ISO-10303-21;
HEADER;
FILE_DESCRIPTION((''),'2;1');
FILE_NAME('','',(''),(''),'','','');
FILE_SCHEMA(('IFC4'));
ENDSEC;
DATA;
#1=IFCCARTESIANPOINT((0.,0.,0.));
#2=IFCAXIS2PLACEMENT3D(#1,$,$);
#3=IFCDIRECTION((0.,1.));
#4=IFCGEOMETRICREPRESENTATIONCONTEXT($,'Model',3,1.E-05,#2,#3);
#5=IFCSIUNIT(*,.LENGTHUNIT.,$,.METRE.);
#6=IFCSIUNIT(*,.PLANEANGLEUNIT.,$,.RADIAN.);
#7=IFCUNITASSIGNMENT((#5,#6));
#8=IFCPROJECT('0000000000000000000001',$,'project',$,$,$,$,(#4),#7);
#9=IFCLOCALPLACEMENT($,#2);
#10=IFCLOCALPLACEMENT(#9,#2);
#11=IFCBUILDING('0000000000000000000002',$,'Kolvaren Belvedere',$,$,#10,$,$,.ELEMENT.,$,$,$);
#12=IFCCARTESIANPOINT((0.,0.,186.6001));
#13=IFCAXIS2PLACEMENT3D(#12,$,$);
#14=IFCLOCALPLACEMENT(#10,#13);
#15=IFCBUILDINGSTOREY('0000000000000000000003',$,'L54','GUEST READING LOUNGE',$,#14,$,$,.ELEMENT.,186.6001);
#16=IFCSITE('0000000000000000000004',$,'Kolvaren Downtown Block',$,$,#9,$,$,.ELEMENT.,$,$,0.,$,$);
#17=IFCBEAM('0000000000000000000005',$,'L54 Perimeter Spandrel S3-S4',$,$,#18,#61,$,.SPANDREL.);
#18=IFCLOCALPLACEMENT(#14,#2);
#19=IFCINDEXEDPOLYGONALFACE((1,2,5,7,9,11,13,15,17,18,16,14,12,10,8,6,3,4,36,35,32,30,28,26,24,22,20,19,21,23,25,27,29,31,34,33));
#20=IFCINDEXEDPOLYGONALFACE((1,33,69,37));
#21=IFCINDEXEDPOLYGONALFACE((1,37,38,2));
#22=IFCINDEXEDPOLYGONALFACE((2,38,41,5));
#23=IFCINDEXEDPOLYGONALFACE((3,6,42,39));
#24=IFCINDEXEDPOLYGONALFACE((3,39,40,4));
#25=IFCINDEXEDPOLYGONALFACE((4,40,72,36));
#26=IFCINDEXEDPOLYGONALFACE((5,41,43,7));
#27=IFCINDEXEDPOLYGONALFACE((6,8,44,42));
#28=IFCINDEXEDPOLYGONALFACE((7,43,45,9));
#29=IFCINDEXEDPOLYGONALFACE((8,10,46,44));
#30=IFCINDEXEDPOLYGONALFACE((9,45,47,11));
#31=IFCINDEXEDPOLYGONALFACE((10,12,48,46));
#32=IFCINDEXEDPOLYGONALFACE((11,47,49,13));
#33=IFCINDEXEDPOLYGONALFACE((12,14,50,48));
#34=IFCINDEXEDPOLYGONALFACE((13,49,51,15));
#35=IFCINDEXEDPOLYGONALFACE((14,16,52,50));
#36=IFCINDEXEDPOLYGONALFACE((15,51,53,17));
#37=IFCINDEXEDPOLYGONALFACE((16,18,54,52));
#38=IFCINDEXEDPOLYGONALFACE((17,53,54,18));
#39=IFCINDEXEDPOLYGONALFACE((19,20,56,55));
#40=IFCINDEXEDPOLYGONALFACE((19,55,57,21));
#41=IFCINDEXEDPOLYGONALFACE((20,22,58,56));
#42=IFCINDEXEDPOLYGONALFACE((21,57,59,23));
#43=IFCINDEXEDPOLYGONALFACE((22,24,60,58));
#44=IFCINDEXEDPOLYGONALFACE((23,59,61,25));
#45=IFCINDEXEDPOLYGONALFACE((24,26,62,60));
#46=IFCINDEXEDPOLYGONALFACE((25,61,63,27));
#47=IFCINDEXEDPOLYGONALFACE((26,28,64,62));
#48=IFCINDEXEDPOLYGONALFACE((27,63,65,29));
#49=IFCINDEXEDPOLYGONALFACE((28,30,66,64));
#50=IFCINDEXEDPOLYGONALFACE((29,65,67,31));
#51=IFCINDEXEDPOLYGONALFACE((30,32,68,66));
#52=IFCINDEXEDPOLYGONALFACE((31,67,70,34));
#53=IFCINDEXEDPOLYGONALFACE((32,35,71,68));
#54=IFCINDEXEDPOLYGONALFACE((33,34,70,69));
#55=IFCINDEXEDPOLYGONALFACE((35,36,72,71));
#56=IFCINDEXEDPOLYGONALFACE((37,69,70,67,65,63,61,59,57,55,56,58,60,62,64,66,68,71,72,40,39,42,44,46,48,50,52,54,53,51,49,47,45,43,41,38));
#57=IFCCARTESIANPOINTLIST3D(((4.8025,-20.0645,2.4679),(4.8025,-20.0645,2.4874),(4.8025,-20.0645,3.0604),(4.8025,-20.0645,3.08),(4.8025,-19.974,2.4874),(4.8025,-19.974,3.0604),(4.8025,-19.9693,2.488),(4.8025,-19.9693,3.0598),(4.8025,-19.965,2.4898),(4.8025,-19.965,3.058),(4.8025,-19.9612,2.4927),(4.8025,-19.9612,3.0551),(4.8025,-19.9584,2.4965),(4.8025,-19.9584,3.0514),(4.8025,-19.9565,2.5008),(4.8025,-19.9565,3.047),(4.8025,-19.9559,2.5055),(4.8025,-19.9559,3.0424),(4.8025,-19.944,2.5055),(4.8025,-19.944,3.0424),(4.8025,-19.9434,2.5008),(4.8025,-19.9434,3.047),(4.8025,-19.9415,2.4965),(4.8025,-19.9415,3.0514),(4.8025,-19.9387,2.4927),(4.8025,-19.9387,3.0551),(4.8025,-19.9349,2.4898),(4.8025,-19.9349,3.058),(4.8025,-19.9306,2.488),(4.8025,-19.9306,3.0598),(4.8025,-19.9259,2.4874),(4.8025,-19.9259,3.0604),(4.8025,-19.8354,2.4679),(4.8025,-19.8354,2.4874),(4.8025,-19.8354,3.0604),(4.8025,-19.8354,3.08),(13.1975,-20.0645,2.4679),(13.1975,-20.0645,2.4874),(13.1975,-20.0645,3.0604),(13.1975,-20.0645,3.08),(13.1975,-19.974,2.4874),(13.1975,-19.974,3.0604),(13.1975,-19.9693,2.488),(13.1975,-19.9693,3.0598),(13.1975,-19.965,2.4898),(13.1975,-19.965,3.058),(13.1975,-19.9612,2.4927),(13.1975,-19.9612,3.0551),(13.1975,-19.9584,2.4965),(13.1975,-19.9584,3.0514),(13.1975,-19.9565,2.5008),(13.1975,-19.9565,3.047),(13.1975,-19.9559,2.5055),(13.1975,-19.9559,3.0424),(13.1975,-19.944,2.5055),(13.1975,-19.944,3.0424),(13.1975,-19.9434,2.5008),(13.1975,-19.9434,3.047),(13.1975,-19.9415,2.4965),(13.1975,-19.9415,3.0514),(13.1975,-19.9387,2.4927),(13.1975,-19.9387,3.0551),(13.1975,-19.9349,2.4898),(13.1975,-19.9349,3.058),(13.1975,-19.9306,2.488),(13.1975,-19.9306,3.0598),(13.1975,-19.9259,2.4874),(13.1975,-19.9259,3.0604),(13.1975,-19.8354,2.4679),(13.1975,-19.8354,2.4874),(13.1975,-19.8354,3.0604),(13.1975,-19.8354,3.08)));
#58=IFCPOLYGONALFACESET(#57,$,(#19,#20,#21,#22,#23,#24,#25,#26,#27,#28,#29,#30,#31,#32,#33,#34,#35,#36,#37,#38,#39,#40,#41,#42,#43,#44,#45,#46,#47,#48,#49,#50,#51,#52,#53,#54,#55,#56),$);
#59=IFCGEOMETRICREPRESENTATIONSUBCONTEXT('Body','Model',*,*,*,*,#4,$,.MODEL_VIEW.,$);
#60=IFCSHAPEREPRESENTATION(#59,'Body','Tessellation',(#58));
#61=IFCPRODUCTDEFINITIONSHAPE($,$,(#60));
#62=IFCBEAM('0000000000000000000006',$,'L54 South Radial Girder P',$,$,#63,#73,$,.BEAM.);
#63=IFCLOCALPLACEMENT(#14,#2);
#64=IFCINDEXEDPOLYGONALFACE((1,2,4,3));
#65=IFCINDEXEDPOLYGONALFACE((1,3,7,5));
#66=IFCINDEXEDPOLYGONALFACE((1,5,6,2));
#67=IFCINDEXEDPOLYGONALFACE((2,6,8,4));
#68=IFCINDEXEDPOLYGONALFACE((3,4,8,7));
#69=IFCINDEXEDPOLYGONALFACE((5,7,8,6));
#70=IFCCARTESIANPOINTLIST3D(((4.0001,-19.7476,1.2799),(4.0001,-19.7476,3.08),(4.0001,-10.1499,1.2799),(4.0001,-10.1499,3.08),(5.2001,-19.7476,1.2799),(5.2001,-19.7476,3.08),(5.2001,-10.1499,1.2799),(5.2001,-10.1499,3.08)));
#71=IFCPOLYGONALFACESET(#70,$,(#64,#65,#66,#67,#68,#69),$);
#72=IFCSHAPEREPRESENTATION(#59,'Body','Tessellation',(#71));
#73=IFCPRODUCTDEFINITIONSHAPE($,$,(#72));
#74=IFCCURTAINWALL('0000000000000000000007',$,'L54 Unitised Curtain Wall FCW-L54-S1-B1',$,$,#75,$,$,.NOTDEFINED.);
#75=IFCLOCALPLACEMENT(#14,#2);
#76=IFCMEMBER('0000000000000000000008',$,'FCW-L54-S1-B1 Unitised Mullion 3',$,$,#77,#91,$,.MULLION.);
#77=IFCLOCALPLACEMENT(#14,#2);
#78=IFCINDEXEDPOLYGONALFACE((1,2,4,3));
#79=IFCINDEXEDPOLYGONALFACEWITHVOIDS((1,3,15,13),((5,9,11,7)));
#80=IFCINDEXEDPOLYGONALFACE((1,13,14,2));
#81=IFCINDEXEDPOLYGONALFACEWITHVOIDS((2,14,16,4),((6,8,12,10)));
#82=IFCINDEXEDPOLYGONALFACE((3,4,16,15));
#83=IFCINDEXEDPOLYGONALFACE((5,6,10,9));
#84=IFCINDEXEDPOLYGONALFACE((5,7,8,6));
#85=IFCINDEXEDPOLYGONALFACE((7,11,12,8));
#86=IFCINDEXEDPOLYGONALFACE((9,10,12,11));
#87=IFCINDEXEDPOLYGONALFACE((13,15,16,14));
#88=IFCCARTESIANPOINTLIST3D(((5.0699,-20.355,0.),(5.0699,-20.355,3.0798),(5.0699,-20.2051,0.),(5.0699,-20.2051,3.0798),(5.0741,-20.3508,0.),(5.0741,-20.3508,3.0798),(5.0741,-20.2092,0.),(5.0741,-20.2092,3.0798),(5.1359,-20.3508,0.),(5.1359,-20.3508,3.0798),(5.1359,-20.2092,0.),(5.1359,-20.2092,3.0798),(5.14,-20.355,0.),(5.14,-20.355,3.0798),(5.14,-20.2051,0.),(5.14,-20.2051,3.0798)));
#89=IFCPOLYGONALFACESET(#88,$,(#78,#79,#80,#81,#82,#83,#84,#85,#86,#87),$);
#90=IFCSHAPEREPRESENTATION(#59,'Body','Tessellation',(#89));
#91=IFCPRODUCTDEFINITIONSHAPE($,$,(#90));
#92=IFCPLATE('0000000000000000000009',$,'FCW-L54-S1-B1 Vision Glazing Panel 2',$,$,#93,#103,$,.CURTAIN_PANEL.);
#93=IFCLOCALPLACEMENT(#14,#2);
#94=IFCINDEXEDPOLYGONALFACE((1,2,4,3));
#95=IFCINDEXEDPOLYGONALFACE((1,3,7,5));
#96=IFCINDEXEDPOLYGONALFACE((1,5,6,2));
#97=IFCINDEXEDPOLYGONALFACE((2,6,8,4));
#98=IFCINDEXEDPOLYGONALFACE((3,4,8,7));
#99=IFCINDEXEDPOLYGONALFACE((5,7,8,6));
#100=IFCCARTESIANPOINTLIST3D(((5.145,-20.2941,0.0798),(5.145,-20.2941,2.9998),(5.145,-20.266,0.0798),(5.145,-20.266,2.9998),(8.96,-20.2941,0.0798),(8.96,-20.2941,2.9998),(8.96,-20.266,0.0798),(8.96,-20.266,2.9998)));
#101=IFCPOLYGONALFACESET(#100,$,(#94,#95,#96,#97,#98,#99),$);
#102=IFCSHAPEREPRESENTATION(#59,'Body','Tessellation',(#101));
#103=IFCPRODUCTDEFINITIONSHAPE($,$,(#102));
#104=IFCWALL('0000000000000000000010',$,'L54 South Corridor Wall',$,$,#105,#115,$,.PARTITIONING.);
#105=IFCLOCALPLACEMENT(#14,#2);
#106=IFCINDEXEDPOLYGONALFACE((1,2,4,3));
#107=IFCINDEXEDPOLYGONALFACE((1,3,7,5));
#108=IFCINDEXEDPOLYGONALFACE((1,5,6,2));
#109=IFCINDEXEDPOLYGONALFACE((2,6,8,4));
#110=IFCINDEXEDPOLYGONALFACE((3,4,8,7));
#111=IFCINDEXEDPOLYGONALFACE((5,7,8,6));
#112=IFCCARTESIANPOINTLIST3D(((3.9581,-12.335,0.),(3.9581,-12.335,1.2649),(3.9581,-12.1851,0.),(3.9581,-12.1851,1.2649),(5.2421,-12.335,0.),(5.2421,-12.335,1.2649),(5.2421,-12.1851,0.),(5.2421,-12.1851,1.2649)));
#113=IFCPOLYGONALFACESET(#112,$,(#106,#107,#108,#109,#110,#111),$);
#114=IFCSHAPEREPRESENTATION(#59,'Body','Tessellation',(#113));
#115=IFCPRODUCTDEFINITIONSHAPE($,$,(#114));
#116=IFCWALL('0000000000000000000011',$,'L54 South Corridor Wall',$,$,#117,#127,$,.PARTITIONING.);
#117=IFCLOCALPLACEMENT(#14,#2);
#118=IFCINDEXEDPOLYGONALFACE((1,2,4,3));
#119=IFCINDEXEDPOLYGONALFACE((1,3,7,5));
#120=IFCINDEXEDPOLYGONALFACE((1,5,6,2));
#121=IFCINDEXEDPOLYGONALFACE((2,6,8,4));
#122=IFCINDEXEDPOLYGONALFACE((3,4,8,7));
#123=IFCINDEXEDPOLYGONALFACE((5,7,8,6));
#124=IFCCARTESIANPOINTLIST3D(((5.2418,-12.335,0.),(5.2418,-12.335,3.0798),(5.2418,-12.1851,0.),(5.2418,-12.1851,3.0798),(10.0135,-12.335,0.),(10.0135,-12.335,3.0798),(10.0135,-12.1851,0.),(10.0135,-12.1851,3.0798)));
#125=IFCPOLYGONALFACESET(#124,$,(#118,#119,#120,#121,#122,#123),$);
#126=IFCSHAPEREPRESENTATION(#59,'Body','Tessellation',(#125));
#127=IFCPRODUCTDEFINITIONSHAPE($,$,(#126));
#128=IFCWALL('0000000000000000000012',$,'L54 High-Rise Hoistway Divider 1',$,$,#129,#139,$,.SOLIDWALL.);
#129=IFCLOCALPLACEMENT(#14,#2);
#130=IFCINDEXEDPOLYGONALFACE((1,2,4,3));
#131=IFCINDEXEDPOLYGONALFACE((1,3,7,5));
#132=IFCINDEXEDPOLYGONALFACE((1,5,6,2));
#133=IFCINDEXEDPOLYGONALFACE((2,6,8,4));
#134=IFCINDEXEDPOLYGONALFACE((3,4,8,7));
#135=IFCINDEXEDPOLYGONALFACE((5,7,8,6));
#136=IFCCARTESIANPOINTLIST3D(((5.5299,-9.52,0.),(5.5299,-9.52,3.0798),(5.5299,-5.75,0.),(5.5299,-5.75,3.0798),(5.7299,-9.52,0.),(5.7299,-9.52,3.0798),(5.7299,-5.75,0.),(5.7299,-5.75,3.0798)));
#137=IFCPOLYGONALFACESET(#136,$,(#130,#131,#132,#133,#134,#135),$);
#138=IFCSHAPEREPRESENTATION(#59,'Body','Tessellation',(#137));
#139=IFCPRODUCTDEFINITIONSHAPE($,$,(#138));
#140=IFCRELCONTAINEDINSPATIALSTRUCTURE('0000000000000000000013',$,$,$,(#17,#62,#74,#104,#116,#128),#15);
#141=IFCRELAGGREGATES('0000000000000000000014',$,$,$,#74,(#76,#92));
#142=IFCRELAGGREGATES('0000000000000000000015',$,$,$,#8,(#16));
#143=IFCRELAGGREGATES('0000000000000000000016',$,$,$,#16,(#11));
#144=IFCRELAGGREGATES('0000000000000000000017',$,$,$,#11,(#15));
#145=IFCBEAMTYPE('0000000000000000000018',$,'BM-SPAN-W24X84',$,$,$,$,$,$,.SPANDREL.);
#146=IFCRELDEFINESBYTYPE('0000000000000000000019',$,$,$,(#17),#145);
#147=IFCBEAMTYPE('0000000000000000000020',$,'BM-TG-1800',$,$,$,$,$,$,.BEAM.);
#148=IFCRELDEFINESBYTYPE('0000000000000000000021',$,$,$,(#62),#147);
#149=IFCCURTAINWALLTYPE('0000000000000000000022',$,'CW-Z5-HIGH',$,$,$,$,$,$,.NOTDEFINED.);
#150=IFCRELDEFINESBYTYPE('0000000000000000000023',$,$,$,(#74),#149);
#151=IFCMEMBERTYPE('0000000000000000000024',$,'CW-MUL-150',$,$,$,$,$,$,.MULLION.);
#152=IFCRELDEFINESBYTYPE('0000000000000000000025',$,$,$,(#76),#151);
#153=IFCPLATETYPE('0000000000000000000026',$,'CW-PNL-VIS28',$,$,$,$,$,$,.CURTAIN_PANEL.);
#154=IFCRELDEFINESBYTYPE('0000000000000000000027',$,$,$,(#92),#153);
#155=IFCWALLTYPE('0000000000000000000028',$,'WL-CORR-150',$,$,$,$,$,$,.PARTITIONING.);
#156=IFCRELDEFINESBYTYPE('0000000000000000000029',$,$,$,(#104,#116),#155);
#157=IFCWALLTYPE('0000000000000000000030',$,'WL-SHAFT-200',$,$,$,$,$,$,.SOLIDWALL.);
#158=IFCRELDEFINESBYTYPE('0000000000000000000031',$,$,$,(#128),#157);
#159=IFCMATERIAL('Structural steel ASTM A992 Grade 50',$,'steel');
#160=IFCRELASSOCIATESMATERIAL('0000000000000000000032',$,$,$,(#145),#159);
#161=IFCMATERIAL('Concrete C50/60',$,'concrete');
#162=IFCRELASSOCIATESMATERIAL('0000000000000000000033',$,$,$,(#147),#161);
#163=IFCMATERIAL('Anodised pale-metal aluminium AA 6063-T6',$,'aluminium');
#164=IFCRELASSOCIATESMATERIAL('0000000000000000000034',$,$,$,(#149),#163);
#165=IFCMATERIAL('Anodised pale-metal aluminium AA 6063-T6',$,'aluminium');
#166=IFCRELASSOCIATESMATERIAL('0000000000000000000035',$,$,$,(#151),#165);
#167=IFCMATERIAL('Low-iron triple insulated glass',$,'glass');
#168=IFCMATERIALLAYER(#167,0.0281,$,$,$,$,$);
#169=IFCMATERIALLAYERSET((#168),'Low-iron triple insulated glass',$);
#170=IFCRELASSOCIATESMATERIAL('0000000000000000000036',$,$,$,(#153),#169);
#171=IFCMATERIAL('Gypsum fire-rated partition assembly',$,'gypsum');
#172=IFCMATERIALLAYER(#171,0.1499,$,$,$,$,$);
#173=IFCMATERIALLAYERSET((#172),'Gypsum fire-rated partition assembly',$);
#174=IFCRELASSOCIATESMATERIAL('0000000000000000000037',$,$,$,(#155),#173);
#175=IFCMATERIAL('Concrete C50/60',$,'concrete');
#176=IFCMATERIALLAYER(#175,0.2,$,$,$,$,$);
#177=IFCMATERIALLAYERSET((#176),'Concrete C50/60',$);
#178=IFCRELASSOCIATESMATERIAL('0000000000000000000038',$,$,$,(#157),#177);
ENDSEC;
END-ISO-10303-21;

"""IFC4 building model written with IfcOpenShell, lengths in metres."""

from ifc_helpers import new_model, si_unit, direction, frame, frame_2d, origin, origin_2d, place, context, subcontext, project, spatial, rectangle, hollow_rectangle, i_section, extrude, material, layer, layer_set, material_profile, profile_set, type_object, element, aggregate, save


model = new_model("IFC4")

# Units and contexts
model_context = context("Model", 3, precision=1e-05, world=origin(), true_north=direction((0.0, 1.0)))
body_context = subcontext(model_context, "Body", "Model", "MODEL_VIEW")
ifc_project = project(units=[si_unit("LENGTHUNIT", "METRE"), si_unit("PLANEANGLEUNIT", "RADIAN")], contexts=[model_context])

# Site, building, storey
site_placement = place(None, origin())
site = spatial("IfcSite", under=ifc_project, at=site_placement, Name="Kolvaren Downtown Block", CompositionType="ELEMENT", RefElevation=0.0)
building_placement = place(site_placement, origin())
building = spatial("IfcBuilding", under=site, at=building_placement, Name="Kolvaren Belvedere", CompositionType="ELEMENT")
storey_placement = place(building_placement, frame((0.0, 0.0, 186.6001)))
storey = spatial("IfcBuildingStorey", under=building, at=storey_placement, Name="L54", Description="GUEST READING LOUNGE", CompositionType="ELEMENT", Elevation=186.6001)

# Beams
ifc_material_1 = material(Name="Structural steel ASTM A992 Grade 50", Category="steel")
ifc_material_profile_1 = material_profile(ifc_material_1, i_section(OverallWidth=0.229, OverallDepth=0.6121, WebThickness=0.012, FlangeThickness=0.0195, FilletRadius=0.0181, at=origin_2d()), Name="W24X84")
ifc_profile_set_1 = profile_set([ifc_material_profile_1], Name="Structural steel ASTM A992 Grade 50")
beam_type_1 = type_object("IfcBeamType", Name="BM-SPAN-W24X84", PredefinedType="SPANDREL", material=ifc_profile_set_1)
beam_1_placement = place(storey_placement, frame((4.8025, -19.95, 2.7739), z_axis=(1.0, 0.0, 0.0), x_axis=(0.0, 1.0, 0.0)))
element("IfcBeam", 1, at=beam_1_placement, inside=storey, type_object=beam_type_1, Name="L54 Perimeter Spandrel S3-S4", PredefinedType="SPANDREL", context=body_context, shape_type="SweptSolid", body=[
    extrude(i_section(OverallWidth=0.229, OverallDepth=0.6121, WebThickness=0.012, FlangeThickness=0.0195, FilletRadius=0.0181, at=origin_2d()), origin(), (0.0, 0.0, 1.0), 8.395),
])
ifc_material_2 = material(Name="Concrete C50/60", Category="concrete")
ifc_material_profile_2 = material_profile(ifc_material_2, rectangle(XDim=1.2, YDim=1.8, at=origin_2d()), Name="RC 1200X1800")
ifc_profile_set_2 = profile_set([ifc_material_profile_2], Name="Concrete C50/60")
beam_type_2 = type_object("IfcBeamType", Name="BM-TG-1800", PredefinedType="BEAM", material=ifc_profile_set_2)
beam_2_placement = place(storey_placement, frame((4.6001, -10.1499, 2.1799), z_axis=(0.0, -1.0, 0.0), x_axis=(1.0, 0.0, 0.0)))
element("IfcBeam", 2, at=beam_2_placement, inside=storey, type_object=beam_type_2, Name="L54 South Radial Girder P", PredefinedType="BEAM", context=body_context, shape_type="SweptSolid", body=[
    extrude(rectangle(XDim=1.2, YDim=1.8, at=origin_2d()), origin(), (0.0, 0.0, 1.0), 9.5977),
])

# Curtain wall, member, plate
ifc_material_3 = material(Name="Anodised pale-metal aluminium AA 6063-T6", Category="aluminium")
curtain_wall_type = type_object("IfcCurtainWallType", Name="CW-Z5-HIGH", PredefinedType="NOTDEFINED", material=ifc_material_3)
curtain_wall_placement = place(storey_placement, origin())
curtain_wall = element("IfcCurtainWall", 3, at=curtain_wall_placement, inside=storey, type_object=curtain_wall_type, Name="L54 Unitised Curtain Wall FCW-L54-S1-B1", PredefinedType="NOTDEFINED")
ifc_material_4 = material(Name="Anodised pale-metal aluminium AA 6063-T6", Category="aluminium")
ifc_material_profile_3 = material_profile(ifc_material_4, hollow_rectangle(XDim=0.0701, YDim=0.1499, WallThickness=0.0042, at=origin_2d()), Name="ALU-MUL-150X70")
ifc_profile_set_3 = profile_set([ifc_material_profile_3], Name="Anodised pale-metal aluminium AA 6063-T6")
member_type = type_object("IfcMemberType", Name="CW-MUL-150", PredefinedType="MULLION", material=ifc_profile_set_3)
member_placement = place(storey_placement, frame((5.105, -20.28, 0.0), z_axis=(0.0, 0.0, 1.0), x_axis=(1.0, 0.0, 0.0)))
member = element("IfcMember", 4, at=member_placement, type_object=member_type, Name="FCW-L54-S1-B1 Unitised Mullion 3", PredefinedType="MULLION", context=body_context, shape_type="SweptSolid", body=[
    extrude(hollow_rectangle(XDim=0.0701, YDim=0.1499, WallThickness=0.0042, at=origin_2d()), origin(), (0.0, 0.0, 1.0), 3.0798),
])
ifc_material_5 = material(Name="Low-iron triple insulated glass", Category="glass")
ifc_layer_1 = layer(ifc_material_5, 0.0281)
ifc_layer_set_1 = layer_set([ifc_layer_1], Name="Low-iron triple insulated glass")
plate_type = type_object("IfcPlateType", Name="CW-PNL-VIS28", PredefinedType="CURTAIN_PANEL", material=ifc_layer_set_1)
plate_placement = place(storey_placement, frame((7.0525, -20.28, 0.0798), z_axis=(0.0, 0.0, 1.0), x_axis=(-1.0, 0.0, 0.0)))
plate = element("IfcPlate", 5, at=plate_placement, type_object=plate_type, Name="FCW-L54-S1-B1 Vision Glazing Panel 2", PredefinedType="CURTAIN_PANEL", context=body_context, shape_type="SweptSolid", body=[
    extrude(rectangle(XDim=3.8149, YDim=0.0281, at=origin_2d()), origin(), (0.0, 0.0, 1.0), 2.9199),
])
aggregate(curtain_wall, [member, plate])

# Walls
ifc_material_6 = material(Name="Gypsum fire-rated partition assembly", Category="gypsum")
ifc_layer_2 = layer(ifc_material_6, 0.1499)
ifc_layer_set_2 = layer_set([ifc_layer_2], Name="Gypsum fire-rated partition assembly")
wall_type_1 = type_object("IfcWallType", Name="WL-CORR-150", PredefinedType="PARTITIONING", material=ifc_layer_set_2)
wall_1_placement = place(storey_placement, frame((3.958, -12.26, 0.0), z_axis=(0.0, 0.0, 1.0), x_axis=(1.0, 0.0, 0.0)))
element("IfcWall", 6, at=wall_1_placement, inside=storey, type_object=wall_type_1, Name="L54 South Corridor Wall", PredefinedType="PARTITIONING", context=body_context, shape_type="SweptSolid", body=[
    extrude(rectangle(XDim=1.2839, YDim=0.1499, at=frame_2d((0.6421, 0.0))), origin(), (0.0, 0.0, 1.0), 1.2649),
])
wall_2_placement = place(storey_placement, frame((5.2419, -12.26, 0.0), z_axis=(0.0, 0.0, 1.0), x_axis=(1.0, 0.0, 0.0)))
element("IfcWall", 7, at=wall_2_placement, inside=storey, type_object=wall_type_1, Name="L54 South Corridor Wall", PredefinedType="PARTITIONING", context=body_context, shape_type="SweptSolid", body=[
    extrude(rectangle(XDim=4.7717, YDim=0.1499, at=frame_2d((2.3857, 0.0))), origin(), (0.0, 0.0, 1.0), 3.0798),
])
ifc_material_7 = material(Name="Concrete C50/60", Category="concrete")
ifc_layer_3 = layer(ifc_material_7, 0.2)
ifc_layer_set_3 = layer_set([ifc_layer_3], Name="Concrete C50/60")
wall_type_2 = type_object("IfcWallType", Name="WL-SHAFT-200", PredefinedType="SOLIDWALL", material=ifc_layer_set_3)
wall_3_placement = place(storey_placement, frame((5.6299, -9.52, 0.0), z_axis=(0.0, 0.0, 1.0), x_axis=(0.0, 1.0, 0.0)))
element("IfcWall", 8, at=wall_3_placement, inside=storey, type_object=wall_type_2, Name="L54 High-Rise Hoistway Divider 1", PredefinedType="SOLIDWALL", context=body_context, shape_type="SweptSolid", body=[
    extrude(rectangle(XDim=3.77, YDim=0.2, at=frame_2d((1.885, 0.0))), origin(), (0.0, 0.0, 1.0), 3.0798),
])

save(model, "model.ifc")
